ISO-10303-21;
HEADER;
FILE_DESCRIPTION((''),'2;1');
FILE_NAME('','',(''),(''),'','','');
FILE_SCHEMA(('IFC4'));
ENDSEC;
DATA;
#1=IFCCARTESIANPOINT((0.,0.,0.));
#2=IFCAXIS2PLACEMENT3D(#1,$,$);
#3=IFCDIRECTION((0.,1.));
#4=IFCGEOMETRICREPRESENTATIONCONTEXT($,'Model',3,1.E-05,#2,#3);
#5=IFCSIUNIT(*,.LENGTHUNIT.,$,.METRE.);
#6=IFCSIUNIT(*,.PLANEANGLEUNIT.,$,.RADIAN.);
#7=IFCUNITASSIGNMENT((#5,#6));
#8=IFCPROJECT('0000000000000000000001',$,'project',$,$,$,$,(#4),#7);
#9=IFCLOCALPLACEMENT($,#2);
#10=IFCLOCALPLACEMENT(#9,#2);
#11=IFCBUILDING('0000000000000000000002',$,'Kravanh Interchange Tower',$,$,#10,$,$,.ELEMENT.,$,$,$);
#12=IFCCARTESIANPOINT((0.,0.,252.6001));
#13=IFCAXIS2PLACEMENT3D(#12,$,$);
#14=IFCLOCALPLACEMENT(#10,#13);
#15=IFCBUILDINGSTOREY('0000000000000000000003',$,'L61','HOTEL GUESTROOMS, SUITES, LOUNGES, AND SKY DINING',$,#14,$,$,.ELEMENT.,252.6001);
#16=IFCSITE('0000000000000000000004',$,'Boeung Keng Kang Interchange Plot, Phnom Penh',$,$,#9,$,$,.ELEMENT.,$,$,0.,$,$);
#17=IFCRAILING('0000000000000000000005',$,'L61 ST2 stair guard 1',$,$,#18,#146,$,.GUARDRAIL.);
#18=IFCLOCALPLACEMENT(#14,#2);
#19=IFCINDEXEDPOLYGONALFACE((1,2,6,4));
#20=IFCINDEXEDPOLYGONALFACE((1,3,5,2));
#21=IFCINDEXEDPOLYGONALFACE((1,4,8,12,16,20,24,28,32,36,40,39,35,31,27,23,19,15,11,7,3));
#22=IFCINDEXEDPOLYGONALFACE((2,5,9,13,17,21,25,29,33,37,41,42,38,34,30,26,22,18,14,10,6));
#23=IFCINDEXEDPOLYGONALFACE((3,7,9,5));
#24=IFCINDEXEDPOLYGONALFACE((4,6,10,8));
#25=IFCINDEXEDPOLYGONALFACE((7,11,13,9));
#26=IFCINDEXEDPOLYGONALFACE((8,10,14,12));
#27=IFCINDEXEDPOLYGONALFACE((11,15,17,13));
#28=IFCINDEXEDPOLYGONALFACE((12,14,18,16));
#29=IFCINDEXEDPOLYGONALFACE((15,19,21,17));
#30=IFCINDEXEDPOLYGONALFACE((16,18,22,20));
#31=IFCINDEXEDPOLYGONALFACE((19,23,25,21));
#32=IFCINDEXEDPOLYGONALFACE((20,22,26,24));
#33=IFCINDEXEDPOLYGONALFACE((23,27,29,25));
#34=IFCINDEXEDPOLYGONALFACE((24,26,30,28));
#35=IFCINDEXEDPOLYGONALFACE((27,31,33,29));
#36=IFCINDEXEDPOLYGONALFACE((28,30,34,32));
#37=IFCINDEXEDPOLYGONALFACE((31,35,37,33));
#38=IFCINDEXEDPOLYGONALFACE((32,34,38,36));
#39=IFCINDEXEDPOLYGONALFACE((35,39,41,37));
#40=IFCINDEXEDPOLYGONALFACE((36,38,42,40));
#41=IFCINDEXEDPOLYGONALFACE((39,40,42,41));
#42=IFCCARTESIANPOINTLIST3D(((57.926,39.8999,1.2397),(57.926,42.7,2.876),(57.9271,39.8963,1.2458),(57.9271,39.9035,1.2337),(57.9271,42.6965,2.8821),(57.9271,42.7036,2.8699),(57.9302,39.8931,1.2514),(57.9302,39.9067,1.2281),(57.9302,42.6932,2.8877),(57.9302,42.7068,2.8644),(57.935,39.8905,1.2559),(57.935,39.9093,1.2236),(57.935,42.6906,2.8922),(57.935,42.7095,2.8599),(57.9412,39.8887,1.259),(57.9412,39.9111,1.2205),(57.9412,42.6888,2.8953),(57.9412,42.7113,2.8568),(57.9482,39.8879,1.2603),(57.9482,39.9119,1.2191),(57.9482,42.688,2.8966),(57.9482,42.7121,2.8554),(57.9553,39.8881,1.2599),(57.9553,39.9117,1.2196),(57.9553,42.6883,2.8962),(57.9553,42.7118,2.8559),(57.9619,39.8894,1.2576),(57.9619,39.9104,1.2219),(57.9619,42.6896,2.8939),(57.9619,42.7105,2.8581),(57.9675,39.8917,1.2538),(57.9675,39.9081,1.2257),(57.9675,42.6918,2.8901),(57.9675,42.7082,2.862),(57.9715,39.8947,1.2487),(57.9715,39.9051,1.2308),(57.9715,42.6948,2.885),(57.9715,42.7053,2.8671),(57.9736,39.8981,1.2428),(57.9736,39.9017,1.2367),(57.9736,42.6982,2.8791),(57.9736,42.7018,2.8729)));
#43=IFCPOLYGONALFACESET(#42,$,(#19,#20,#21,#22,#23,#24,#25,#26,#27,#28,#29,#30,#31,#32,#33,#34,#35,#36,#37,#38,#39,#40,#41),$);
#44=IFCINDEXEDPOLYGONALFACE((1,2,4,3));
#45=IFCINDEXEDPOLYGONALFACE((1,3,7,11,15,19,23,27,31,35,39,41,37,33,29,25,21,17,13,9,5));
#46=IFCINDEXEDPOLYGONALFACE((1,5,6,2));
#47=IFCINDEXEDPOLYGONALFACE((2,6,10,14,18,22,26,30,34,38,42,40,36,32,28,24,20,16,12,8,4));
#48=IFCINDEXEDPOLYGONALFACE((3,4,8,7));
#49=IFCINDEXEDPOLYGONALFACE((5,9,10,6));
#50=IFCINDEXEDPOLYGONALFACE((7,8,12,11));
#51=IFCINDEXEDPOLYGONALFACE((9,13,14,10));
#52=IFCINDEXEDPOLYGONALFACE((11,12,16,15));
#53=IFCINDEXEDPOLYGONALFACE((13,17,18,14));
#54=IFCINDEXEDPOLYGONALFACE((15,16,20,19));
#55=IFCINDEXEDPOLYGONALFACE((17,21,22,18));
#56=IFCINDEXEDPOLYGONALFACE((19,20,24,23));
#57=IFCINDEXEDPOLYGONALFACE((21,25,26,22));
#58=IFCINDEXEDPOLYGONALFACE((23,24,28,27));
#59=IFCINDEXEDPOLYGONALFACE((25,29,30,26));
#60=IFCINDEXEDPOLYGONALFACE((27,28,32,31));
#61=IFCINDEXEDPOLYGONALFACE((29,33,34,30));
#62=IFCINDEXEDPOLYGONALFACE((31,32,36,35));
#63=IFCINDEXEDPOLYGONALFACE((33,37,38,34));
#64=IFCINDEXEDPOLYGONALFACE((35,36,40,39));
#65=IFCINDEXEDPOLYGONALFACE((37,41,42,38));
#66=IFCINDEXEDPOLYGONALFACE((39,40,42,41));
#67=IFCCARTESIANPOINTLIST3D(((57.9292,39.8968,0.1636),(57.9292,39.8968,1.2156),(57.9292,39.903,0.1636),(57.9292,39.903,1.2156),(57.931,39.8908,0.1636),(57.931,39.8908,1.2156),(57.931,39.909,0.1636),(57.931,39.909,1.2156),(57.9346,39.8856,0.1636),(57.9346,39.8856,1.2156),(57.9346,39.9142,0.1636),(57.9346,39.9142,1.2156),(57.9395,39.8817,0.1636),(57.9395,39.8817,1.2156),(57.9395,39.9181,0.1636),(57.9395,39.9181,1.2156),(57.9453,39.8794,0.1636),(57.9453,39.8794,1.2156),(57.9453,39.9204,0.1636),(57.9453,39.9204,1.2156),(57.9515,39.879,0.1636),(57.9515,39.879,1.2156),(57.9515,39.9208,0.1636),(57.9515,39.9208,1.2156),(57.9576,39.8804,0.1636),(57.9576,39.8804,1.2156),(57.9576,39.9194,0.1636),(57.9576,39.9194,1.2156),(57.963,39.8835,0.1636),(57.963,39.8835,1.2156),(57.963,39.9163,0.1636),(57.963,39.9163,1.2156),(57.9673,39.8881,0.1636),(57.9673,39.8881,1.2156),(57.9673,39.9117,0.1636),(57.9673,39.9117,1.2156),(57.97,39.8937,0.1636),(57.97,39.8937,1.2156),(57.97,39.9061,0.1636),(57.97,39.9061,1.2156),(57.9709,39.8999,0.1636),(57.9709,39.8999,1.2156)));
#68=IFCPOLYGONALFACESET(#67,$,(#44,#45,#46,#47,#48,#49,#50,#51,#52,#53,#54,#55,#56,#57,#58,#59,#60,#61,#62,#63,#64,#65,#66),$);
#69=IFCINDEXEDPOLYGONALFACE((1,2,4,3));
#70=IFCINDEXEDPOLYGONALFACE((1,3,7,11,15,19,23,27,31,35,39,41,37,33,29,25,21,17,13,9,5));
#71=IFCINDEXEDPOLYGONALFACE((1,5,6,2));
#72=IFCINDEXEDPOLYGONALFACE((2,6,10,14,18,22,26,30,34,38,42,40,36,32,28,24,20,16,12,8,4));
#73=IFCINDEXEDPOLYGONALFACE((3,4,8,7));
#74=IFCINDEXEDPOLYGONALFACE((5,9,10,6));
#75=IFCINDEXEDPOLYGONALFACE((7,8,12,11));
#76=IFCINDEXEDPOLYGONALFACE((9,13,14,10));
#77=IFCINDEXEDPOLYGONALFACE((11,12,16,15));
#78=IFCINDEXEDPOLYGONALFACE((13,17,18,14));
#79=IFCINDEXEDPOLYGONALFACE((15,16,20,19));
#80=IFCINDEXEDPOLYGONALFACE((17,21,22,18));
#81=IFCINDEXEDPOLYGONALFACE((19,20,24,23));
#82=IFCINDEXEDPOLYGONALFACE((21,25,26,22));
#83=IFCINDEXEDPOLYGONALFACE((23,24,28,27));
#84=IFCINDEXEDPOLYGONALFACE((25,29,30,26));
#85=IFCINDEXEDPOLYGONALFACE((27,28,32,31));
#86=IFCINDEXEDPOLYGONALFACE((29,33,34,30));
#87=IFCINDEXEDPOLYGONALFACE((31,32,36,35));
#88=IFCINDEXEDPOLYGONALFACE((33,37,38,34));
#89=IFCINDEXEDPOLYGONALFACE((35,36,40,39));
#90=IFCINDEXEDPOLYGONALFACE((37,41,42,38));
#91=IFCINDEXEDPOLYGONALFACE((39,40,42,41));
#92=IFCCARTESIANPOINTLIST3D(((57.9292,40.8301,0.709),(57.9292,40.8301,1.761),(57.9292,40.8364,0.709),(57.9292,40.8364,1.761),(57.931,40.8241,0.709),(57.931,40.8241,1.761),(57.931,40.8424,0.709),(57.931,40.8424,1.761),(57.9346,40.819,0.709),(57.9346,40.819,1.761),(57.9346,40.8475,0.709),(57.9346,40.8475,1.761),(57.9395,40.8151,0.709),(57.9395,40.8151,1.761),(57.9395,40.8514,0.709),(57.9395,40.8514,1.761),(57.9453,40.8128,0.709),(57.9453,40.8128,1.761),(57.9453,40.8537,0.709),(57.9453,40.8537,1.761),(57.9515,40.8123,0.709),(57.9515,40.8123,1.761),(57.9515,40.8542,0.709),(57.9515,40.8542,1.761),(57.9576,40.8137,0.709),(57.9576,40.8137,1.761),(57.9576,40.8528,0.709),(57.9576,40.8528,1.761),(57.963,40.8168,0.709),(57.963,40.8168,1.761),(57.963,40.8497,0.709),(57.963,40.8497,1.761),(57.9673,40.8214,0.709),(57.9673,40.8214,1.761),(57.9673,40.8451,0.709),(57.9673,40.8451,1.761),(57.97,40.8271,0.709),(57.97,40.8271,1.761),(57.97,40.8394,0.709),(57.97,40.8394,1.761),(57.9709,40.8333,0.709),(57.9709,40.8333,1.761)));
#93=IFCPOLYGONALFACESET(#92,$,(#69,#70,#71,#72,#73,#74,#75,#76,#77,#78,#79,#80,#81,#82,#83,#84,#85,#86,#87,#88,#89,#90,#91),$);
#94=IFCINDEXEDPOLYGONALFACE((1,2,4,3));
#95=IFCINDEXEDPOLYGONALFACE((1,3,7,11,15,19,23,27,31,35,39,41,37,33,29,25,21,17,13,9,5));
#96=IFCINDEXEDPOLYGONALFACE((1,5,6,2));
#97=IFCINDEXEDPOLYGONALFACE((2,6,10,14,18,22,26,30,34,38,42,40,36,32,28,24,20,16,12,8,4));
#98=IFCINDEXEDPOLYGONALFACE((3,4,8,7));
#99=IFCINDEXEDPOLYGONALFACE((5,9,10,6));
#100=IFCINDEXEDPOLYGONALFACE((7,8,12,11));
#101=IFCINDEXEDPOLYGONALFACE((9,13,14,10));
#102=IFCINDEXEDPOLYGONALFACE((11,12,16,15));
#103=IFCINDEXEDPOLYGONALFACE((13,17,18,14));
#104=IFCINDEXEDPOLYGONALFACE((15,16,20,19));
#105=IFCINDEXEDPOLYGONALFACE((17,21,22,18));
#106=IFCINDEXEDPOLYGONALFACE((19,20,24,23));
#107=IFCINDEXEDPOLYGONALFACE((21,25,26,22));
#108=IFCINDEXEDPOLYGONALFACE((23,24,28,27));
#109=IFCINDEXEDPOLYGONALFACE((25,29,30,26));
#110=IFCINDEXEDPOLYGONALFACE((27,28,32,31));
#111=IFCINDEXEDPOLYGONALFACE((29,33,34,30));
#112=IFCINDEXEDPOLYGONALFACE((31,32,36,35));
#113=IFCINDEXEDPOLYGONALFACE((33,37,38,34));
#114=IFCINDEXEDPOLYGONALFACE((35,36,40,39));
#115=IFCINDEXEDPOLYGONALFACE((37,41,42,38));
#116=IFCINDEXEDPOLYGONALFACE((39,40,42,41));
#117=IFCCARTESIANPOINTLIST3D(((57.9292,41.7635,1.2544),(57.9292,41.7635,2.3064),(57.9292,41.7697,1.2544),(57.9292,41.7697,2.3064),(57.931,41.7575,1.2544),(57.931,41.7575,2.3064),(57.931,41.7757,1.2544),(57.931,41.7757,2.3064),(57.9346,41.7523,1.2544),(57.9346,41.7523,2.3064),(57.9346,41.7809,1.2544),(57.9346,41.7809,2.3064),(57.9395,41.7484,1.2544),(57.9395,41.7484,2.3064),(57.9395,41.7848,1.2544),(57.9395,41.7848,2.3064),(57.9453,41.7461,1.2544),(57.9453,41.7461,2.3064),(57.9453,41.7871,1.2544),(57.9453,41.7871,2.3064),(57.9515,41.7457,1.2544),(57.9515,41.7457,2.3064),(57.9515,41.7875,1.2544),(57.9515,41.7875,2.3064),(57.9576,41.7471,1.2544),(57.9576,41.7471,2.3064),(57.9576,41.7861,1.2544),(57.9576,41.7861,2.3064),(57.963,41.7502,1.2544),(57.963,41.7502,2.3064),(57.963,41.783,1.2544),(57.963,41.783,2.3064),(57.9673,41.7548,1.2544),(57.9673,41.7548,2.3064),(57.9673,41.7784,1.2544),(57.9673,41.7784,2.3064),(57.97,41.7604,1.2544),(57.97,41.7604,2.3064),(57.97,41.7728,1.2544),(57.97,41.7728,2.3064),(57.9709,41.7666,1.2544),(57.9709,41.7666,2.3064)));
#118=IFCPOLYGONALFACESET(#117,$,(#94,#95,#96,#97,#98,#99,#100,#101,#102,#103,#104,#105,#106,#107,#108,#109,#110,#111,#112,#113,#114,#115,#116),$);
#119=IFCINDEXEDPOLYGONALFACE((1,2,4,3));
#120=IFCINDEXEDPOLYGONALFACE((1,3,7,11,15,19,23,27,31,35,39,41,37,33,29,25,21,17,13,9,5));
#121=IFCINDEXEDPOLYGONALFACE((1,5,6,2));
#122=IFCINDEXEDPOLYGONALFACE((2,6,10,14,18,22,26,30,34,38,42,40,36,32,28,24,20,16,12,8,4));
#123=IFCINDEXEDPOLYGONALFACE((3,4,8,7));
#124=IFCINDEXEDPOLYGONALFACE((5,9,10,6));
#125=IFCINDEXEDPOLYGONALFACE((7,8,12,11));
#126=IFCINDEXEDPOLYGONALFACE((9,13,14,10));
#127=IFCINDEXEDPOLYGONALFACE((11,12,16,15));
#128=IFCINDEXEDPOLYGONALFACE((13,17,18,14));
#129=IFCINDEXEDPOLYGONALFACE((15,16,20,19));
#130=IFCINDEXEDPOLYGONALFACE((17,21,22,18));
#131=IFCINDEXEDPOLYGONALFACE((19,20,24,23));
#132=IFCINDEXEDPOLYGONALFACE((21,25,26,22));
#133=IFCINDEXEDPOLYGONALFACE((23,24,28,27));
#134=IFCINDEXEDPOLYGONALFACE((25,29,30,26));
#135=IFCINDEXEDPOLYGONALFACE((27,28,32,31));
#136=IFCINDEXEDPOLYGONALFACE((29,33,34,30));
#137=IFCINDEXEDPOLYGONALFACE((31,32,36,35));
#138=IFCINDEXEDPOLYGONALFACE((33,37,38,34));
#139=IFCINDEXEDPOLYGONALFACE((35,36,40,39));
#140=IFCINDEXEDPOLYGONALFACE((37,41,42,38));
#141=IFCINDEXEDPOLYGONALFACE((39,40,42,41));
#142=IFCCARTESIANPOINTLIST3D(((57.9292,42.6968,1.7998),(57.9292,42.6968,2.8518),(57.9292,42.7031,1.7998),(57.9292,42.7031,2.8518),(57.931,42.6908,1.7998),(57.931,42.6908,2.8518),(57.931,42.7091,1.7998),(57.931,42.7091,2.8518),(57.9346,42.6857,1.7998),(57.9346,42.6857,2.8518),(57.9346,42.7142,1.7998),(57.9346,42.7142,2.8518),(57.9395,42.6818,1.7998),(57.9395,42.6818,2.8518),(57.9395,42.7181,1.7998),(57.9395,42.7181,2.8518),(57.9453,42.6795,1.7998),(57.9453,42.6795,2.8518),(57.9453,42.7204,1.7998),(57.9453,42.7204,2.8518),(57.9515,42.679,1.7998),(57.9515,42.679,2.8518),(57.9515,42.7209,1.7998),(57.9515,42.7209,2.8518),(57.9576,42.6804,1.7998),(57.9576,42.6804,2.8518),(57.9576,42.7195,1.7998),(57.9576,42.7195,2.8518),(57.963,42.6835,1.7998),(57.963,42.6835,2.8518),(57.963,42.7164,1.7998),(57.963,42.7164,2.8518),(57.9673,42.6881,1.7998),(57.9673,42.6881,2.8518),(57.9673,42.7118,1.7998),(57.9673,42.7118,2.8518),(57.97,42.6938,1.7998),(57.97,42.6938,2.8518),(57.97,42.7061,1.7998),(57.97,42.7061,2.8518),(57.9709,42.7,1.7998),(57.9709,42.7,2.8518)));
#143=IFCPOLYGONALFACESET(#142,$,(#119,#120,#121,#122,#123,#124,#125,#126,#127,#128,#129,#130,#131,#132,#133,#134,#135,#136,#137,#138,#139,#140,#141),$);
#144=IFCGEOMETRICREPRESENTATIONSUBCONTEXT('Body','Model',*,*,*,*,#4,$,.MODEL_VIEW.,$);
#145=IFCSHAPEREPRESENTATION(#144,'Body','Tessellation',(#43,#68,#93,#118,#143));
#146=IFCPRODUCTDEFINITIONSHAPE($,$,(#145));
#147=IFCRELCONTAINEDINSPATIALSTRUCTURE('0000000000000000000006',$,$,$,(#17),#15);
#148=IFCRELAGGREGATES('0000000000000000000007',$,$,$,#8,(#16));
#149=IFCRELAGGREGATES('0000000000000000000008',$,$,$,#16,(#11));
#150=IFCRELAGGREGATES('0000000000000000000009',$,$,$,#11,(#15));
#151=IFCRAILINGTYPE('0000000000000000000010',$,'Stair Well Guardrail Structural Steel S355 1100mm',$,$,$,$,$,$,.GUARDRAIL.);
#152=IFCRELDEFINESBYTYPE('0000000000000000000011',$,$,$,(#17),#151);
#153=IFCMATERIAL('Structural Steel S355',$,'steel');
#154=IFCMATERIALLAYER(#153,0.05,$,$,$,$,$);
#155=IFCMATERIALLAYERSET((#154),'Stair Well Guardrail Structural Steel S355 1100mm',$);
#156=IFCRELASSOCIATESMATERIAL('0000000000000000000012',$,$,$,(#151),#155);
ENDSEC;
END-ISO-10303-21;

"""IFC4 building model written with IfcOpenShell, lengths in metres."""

from ifc_helpers import new_model, si_unit, direction, frame, origin, origin_2d, place, context, subcontext, project, spatial, circle, extrude, material, layer, layer_set, type_object, element, save


model = new_model("IFC4")

# Units and contexts
model_context = context("Model", 3, precision=1e-05, world=origin(), true_north=direction((0.0, 1.0)))
body_context = subcontext(model_context, "Body", "Model", "MODEL_VIEW")
ifc_project = project(units=[si_unit("LENGTHUNIT", "METRE"), si_unit("PLANEANGLEUNIT", "RADIAN")], contexts=[model_context])

# Site, building, storey
site_placement = place(None, origin())
site = spatial("IfcSite", under=ifc_project, at=site_placement, Name="Boeung Keng Kang Interchange Plot, Phnom Penh", CompositionType="ELEMENT", RefElevation=0.0)
building_placement = place(site_placement, origin())
building = spatial("IfcBuilding", under=site, at=building_placement, Name="Kravanh Interchange Tower", CompositionType="ELEMENT")
storey_placement = place(building_placement, frame((0.0, 0.0, 252.6001)))
storey = spatial("IfcBuildingStorey", under=building, at=storey_placement, Name="L61", Description="HOTEL GUESTROOMS, SUITES, LOUNGES, AND SKY DINING", CompositionType="ELEMENT", Elevation=252.6001)

# Railing
ifc_material_1 = material(Name="Structural Steel S355", Category="steel")
ifc_layer_1 = layer(ifc_material_1, 0.05)
ifc_layer_set_1 = layer_set([ifc_layer_1], Name="Stair Well Guardrail Structural Steel S355 1100mm")
railing_type_1 = type_object("IfcRailingType", Name="Stair Well Guardrail Structural Steel S355 1100mm", PredefinedType="GUARDRAIL", material=ifc_layer_set_1)
railing_1_placement = place(storey_placement, frame((57.95, 39.8999, 0.1636)))
element("IfcRailing", 1, at=railing_1_placement, inside=storey, type_object=railing_type_1, Name="L61 ST2 stair guard 1", PredefinedType="GUARDRAIL", context=body_context, shape_type="SweptSolid", body=[
    extrude(circle(Radius=0.0239, at=origin_2d()), frame((0.0, 0.0, 1.0762), z_axis=(0.0, 0.863394, 0.504531), x_axis=(-1.0, 0.0, 0.0)), (0.0, 0.0, 1.0), 3.2432),
    extrude(circle(Radius=0.021, at=origin_2d()), origin(), (0.0, 0.0, 1.0), 1.052),
    extrude(circle(Radius=0.021, at=origin_2d()), frame((0.0, 0.9333, 0.5454)), (0.0, 0.0, 1.0), 1.052),
    extrude(circle(Radius=0.021, at=origin_2d()), frame((0.0, 1.8667, 1.0908)), (0.0, 0.0, 1.0), 1.052),
    extrude(circle(Radius=0.021, at=origin_2d()), frame((0.0, 2.8, 1.6362)), (0.0, 0.0, 1.0), 1.052),
])

save(model, "model.ifc")
